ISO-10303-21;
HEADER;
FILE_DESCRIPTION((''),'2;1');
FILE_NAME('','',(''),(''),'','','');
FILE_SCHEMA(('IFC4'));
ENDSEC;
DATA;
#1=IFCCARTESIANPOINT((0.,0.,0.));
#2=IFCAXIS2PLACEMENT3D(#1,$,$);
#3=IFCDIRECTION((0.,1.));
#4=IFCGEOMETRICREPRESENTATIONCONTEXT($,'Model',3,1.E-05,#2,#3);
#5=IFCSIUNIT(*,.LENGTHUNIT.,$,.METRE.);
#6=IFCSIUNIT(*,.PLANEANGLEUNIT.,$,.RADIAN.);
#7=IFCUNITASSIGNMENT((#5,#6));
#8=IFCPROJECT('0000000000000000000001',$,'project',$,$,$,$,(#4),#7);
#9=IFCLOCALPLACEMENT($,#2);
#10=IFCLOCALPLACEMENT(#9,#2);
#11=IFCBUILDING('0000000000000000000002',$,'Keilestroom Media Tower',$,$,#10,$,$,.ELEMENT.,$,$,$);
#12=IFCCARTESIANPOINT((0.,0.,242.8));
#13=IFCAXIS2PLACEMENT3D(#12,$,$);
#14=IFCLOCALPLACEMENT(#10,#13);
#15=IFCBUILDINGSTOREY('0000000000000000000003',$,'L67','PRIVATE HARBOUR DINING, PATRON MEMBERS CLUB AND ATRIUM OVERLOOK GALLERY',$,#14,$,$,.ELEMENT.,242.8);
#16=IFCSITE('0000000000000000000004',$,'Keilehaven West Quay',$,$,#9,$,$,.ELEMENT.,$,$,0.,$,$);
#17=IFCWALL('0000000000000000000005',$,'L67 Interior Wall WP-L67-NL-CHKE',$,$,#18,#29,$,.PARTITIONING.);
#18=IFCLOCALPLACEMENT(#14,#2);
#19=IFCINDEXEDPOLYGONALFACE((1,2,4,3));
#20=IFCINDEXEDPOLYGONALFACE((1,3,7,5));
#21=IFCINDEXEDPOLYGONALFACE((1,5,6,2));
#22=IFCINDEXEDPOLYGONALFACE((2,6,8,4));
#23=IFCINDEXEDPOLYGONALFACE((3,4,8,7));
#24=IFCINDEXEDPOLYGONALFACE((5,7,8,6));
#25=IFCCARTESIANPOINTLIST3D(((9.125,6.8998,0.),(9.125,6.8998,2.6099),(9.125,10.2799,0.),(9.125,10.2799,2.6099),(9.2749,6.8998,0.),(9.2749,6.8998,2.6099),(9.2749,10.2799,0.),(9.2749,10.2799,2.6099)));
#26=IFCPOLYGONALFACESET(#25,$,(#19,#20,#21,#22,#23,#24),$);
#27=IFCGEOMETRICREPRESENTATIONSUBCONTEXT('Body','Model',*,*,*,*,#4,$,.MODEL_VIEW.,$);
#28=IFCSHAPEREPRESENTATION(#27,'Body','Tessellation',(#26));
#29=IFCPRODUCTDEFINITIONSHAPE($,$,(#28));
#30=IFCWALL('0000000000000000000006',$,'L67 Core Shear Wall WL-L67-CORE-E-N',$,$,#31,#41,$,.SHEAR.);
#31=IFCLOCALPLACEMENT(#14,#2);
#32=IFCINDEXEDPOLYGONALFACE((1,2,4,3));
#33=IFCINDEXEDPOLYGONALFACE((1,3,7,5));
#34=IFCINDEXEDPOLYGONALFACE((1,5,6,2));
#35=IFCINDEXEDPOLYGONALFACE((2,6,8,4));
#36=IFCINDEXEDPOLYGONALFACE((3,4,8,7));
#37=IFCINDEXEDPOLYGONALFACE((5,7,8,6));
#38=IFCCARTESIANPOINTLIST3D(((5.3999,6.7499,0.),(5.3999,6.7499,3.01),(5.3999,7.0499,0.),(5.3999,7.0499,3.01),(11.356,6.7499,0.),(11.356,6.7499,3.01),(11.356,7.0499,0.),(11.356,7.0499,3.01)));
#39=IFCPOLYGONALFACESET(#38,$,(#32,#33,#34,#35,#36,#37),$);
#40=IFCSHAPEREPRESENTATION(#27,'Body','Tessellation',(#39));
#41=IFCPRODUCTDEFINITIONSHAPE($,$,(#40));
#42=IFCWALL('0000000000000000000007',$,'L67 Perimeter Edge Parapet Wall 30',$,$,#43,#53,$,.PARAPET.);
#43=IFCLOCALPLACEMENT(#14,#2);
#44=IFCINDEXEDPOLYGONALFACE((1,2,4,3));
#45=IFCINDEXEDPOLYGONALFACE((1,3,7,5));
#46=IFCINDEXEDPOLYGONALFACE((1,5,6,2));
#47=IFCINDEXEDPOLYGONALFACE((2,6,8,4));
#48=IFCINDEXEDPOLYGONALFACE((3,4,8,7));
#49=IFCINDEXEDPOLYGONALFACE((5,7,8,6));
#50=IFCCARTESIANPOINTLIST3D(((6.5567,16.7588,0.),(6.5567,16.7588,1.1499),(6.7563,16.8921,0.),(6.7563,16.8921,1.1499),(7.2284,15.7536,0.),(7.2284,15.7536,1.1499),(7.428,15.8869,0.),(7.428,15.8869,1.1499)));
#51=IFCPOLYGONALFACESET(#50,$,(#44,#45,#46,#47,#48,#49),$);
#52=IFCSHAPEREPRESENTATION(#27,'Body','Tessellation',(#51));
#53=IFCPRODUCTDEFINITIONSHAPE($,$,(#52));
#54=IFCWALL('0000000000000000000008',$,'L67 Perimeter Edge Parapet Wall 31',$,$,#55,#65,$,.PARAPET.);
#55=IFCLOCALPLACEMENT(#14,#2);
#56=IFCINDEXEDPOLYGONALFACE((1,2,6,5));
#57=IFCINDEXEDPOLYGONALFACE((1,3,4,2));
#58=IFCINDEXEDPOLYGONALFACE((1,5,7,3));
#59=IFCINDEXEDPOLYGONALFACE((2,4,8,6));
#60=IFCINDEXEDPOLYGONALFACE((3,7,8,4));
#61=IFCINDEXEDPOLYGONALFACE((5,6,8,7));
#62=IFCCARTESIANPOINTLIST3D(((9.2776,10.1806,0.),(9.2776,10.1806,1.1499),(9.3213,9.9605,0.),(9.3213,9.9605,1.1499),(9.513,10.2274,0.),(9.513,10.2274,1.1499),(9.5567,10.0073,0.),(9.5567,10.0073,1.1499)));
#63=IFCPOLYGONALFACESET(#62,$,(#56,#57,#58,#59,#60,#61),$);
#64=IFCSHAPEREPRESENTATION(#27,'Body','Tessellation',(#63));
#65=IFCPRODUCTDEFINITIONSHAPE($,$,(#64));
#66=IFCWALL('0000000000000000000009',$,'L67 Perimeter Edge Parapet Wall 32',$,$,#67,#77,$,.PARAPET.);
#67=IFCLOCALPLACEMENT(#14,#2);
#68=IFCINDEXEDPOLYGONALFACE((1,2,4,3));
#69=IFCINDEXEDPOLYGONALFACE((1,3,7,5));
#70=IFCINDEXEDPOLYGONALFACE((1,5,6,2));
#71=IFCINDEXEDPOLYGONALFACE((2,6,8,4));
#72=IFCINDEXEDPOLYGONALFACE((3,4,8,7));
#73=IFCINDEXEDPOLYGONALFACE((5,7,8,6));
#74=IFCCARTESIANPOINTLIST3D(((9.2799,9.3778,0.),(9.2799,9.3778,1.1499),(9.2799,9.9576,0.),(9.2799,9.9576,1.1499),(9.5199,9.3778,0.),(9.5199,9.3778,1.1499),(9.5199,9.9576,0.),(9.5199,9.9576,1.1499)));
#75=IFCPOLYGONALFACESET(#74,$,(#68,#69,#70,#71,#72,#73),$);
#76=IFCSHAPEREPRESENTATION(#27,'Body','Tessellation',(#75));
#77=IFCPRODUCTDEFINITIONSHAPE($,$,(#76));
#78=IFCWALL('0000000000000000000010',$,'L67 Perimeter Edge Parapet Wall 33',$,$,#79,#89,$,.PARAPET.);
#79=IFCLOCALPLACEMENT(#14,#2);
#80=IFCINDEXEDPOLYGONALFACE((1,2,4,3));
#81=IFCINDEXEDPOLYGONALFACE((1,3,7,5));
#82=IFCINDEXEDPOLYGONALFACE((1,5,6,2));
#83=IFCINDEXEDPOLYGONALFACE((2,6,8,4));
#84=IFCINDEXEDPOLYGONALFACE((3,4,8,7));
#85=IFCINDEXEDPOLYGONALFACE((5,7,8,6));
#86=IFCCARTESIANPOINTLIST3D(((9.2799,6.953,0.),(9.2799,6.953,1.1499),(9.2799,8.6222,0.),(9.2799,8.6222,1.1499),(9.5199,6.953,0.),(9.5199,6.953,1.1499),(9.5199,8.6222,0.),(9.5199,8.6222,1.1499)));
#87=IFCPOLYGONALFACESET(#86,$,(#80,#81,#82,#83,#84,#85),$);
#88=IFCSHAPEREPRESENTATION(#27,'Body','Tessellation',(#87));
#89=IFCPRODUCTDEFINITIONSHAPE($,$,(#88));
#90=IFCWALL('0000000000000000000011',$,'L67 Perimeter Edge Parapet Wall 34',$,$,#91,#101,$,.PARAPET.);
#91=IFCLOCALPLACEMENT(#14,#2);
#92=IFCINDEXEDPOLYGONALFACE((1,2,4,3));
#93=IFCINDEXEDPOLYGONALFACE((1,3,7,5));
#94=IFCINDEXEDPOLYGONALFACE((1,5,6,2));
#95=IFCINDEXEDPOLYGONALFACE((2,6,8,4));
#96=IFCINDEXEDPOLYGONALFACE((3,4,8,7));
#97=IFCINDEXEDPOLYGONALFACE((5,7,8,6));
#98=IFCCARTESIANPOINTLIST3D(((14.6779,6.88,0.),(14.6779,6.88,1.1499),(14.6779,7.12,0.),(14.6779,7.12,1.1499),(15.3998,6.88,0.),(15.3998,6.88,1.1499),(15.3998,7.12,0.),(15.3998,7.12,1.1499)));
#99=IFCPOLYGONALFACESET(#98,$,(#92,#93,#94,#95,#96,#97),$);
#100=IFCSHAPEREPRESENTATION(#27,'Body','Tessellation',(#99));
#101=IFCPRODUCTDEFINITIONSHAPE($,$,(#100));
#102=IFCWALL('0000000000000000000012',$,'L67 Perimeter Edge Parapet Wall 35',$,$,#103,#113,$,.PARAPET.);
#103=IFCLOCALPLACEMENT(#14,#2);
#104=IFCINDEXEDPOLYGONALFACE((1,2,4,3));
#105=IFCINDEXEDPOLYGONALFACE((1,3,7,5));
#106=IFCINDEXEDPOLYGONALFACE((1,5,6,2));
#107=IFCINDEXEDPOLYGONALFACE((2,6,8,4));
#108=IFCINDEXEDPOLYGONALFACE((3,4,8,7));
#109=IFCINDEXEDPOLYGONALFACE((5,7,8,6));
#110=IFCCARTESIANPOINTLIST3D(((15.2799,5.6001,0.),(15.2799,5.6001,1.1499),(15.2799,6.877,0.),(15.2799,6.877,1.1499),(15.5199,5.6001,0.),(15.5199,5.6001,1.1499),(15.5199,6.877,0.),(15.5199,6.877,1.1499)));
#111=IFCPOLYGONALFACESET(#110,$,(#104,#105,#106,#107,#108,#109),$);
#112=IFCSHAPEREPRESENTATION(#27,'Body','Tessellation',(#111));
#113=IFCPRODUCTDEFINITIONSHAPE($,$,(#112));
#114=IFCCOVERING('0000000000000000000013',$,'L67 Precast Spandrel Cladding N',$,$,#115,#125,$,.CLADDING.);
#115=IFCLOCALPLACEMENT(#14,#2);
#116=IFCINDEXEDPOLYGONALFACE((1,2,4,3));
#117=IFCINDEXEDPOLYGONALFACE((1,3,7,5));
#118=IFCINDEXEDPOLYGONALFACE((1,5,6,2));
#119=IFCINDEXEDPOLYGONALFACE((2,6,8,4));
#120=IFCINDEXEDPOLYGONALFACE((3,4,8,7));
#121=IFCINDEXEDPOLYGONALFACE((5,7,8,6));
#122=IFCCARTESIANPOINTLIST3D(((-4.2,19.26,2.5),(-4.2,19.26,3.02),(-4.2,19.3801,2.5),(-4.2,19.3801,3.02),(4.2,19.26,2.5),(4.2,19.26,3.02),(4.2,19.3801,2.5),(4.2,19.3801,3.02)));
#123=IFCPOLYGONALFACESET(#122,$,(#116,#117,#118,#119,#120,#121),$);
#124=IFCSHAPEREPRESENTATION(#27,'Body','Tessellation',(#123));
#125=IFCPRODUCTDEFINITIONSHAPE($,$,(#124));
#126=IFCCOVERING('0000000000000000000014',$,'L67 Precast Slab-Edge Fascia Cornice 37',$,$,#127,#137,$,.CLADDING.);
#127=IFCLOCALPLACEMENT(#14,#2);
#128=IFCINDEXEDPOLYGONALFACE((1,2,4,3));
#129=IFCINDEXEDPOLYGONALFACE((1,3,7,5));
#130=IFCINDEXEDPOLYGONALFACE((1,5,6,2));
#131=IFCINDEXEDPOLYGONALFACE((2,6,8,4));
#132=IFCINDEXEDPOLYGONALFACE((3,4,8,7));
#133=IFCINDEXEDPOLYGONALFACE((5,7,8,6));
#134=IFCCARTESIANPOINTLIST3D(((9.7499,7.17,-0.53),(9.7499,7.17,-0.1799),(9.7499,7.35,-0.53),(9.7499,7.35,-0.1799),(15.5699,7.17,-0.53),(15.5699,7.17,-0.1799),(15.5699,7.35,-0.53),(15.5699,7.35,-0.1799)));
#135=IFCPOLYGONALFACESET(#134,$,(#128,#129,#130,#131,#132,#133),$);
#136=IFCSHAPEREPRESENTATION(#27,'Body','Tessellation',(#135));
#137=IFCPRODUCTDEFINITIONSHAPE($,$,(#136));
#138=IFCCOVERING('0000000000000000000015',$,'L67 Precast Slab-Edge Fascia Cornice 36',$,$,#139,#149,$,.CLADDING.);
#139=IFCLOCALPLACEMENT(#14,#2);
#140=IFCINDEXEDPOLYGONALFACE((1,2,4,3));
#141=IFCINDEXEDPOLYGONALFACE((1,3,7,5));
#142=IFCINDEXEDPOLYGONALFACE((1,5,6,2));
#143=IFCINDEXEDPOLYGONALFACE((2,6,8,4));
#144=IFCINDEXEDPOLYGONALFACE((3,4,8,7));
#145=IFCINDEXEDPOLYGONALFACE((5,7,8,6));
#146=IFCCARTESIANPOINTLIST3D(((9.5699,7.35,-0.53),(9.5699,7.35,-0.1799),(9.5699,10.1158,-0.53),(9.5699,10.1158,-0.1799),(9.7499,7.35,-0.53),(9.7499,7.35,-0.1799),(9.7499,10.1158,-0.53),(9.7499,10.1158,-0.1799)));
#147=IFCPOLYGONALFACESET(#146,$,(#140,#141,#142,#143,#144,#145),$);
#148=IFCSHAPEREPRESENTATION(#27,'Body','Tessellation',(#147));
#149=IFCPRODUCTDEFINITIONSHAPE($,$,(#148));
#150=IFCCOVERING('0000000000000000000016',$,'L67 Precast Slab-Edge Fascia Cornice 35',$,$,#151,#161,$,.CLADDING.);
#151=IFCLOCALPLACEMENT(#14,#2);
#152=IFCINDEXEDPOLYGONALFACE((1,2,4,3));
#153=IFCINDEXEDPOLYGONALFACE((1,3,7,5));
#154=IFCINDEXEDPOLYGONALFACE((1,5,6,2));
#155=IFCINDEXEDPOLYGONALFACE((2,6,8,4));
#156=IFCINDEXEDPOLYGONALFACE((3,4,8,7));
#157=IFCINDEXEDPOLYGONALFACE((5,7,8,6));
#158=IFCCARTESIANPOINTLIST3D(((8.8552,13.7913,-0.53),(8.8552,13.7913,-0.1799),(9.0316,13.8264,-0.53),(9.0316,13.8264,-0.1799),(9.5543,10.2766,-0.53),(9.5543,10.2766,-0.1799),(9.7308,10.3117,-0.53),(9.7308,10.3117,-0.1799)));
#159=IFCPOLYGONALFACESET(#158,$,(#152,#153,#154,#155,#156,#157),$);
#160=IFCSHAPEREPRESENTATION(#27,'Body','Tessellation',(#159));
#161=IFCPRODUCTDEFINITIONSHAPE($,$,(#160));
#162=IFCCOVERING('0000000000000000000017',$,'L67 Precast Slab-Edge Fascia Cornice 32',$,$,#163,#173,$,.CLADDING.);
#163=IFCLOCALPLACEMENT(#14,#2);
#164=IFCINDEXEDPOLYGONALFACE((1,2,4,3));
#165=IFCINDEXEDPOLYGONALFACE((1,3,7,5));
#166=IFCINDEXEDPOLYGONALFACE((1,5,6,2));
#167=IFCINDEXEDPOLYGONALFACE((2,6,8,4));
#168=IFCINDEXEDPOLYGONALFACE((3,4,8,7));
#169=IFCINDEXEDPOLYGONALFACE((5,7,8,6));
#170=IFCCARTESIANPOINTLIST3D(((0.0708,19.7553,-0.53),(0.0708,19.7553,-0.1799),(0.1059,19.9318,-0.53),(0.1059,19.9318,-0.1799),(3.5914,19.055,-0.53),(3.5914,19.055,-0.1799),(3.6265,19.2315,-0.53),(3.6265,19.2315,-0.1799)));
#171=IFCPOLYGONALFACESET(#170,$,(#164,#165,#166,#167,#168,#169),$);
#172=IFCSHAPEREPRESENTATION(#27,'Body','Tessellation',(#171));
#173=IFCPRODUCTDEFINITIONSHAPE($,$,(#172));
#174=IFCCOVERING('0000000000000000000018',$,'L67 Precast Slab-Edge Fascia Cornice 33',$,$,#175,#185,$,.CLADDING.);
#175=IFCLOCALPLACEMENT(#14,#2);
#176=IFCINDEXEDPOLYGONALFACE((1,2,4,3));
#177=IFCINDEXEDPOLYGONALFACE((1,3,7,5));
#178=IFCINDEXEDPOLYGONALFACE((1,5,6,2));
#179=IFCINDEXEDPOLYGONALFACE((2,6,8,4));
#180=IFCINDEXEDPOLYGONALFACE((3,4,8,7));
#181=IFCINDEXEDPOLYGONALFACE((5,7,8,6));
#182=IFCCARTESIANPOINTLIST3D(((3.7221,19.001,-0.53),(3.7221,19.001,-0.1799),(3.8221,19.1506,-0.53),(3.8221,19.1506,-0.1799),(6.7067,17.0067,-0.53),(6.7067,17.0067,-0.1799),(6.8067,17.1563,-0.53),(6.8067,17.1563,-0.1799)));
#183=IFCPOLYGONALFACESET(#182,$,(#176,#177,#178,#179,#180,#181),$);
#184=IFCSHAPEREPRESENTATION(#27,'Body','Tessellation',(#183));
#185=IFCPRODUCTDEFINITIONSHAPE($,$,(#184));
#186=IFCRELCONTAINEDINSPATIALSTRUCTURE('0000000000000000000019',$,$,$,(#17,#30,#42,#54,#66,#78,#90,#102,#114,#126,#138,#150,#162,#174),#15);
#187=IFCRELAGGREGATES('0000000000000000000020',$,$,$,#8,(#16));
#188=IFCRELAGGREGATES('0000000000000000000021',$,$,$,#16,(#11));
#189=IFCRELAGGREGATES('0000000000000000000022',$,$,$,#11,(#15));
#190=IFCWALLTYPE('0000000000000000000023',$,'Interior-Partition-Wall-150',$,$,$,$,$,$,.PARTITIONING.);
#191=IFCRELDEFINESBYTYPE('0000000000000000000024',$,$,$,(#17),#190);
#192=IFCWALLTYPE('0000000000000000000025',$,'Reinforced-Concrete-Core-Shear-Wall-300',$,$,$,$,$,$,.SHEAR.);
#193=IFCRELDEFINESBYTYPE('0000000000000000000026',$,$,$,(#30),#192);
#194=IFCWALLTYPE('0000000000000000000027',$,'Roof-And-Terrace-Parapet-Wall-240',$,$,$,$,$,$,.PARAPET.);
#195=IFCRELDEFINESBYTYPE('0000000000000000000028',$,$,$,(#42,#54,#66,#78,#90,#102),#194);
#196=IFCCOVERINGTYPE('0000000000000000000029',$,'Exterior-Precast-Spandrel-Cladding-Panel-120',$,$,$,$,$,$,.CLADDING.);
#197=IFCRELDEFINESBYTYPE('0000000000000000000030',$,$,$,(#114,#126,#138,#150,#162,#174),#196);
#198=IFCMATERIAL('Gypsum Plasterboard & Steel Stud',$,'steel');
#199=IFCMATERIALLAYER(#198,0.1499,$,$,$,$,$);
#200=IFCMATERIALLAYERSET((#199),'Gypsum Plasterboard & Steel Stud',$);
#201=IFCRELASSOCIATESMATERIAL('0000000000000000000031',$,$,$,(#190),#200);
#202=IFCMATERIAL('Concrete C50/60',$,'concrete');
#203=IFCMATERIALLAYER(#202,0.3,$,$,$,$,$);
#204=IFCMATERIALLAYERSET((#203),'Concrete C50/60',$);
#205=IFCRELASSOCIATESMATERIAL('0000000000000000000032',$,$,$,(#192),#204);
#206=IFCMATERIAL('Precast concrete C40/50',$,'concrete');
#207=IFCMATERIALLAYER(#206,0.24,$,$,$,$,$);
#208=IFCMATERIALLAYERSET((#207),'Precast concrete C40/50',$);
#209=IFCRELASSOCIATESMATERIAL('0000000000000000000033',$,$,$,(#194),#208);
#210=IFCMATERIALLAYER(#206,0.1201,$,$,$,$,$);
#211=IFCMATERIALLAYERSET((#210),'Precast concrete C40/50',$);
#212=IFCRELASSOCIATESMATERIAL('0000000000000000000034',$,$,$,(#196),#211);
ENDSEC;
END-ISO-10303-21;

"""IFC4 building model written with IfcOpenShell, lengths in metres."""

from ifc_helpers import new_model, si_unit, direction, frame, frame_2d, origin, origin_2d, place, context, subcontext, project, spatial, rectangle, extrude, source, transform, mapped, material, layer, layer_set, type_object, element, save


model = new_model("IFC4")

# Units and contexts
model_context = context("Model", 3, precision=1e-05, world=origin(), true_north=direction((0.0, 1.0)))
body_context = subcontext(model_context, "Body", "Model", "MODEL_VIEW")
ifc_project = project(units=[si_unit("LENGTHUNIT", "METRE"), si_unit("PLANEANGLEUNIT", "RADIAN")], contexts=[model_context])

# Site, building, storey
site_placement = place(None, origin())
site = spatial("IfcSite", under=ifc_project, at=site_placement, Name="Keilehaven West Quay", CompositionType="ELEMENT", RefElevation=0.0)
building_placement = place(site_placement, origin())
building = spatial("IfcBuilding", under=site, at=building_placement, Name="Keilestroom Media Tower", CompositionType="ELEMENT")
storey_placement = place(building_placement, frame((0.0, 0.0, 242.8)))
storey = spatial("IfcBuildingStorey", under=building, at=storey_placement, Name="L67", Description="PRIVATE HARBOUR DINING, PATRON MEMBERS CLUB AND ATRIUM OVERLOOK GALLERY", CompositionType="ELEMENT", Elevation=242.8)

# Shared definitions
ifc_material_1 = material(Name="Precast concrete C40/50", Category="concrete")
ifc_material_2 = material(Name="Concrete C50/60", Category="concrete")

# Walls
ifc_material_3 = material(Name="Gypsum Plasterboard & Steel Stud", Category="steel")
ifc_layer_1 = layer(ifc_material_3, 0.1499)
ifc_layer_set_1 = layer_set([ifc_layer_1], Name="Gypsum Plasterboard & Steel Stud")
wall_type_1 = type_object("IfcWallType", Name="Interior-Partition-Wall-150", PredefinedType="PARTITIONING", material=ifc_layer_set_1)
wall_1_placement = place(storey_placement, frame((9.2, 6.8999, 0.0), z_axis=(0.0, 0.0, 1.0), x_axis=(0.0, 1.0, 0.0)))
element("IfcWall", 1, at=wall_1_placement, inside=storey, type_object=wall_type_1, Name="L67 Interior Wall WP-L67-NL-CHKE", PredefinedType="PARTITIONING", context=body_context, shape_type="SweptSolid", body=[
    extrude(rectangle(XDim=3.3801, YDim=0.1499, at=frame_2d((1.6899, 0.0))), origin(), (0.0, 0.0, 1.0), 2.6099),
])
ifc_layer_2 = layer(ifc_material_2, 0.3)
ifc_layer_set_2 = layer_set([ifc_layer_2], Name="Concrete C50/60")
wall_type_2 = type_object("IfcWallType", Name="Reinforced-Concrete-Core-Shear-Wall-300", PredefinedType="SHEAR", material=ifc_layer_set_2)
wall_2_placement = place(storey_placement, frame((5.3999, 6.8999, 0.0), z_axis=(0.0, 0.0, 1.0), x_axis=(1.0, 0.0, 0.0)))
element("IfcWall", 2, at=wall_2_placement, inside=storey, type_object=wall_type_2, Name="L67 Core Shear Wall WL-L67-CORE-E-N", PredefinedType="SHEAR", context=body_context, shape_type="SweptSolid", body=[
    extrude(rectangle(XDim=5.9561, YDim=0.3, at=frame_2d((2.978, 0.0))), origin(), (0.0, 0.0, 1.0), 3.01),
])
ifc_layer_3 = layer(ifc_material_1, 0.24)
ifc_layer_set_3 = layer_set([ifc_layer_3], Name="Precast concrete C40/50")
wall_type_3 = type_object("IfcWallType", Name="Roof-And-Terrace-Parapet-Wall-240", PredefinedType="PARAPET", material=ifc_layer_set_3)
wall_3_placement = place(storey_placement, frame((6.6565, 16.8254, 0.0), z_axis=(0.0, 0.0, 1.0), x_axis=(0.555585, -0.831459, 0.0)))
element("IfcWall", 3, at=wall_3_placement, inside=storey, type_object=wall_type_3, Name="L67 Perimeter Edge Parapet Wall 30", PredefinedType="PARAPET", context=body_context, shape_type="SweptSolid", body=[
    extrude(rectangle(XDim=1.209, YDim=0.24, at=frame_2d((0.6045, 0.0))), origin(), (0.0, 0.0, 1.0), 1.1499),
])
wall_4_placement = place(storey_placement, frame((9.3953, 10.2041, 0.0), z_axis=(0.0, 0.0, 1.0), x_axis=(0.19486, -0.980831, 0.0)))
element("IfcWall", 4, at=wall_4_placement, inside=storey, type_object=wall_type_3, Name="L67 Perimeter Edge Parapet Wall 31", PredefinedType="PARAPET", context=body_context, shape_type="SweptSolid", body=[
    extrude(rectangle(XDim=0.2244, YDim=0.24, at=frame_2d((0.1123, 0.0))), origin(), (0.0, 0.0, 1.0), 1.1499),
])
wall_5_placement = place(storey_placement, frame((9.3999, 9.9578, 0.0), z_axis=(0.0, 0.0, 1.0), x_axis=(0.0, -1.0, 0.0)))
element("IfcWall", 5, at=wall_5_placement, inside=storey, type_object=wall_type_3, Name="L67 Perimeter Edge Parapet Wall 32", PredefinedType="PARAPET", context=body_context, shape_type="SweptSolid", body=[
    extrude(rectangle(XDim=0.5798, YDim=0.24, at=frame_2d((0.29, 0.0))), origin(), (0.0, 0.0, 1.0), 1.1499),
])
wall_6_placement = place(storey_placement, frame((9.3999, 8.6221, 0.0), z_axis=(0.0, 0.0, 1.0), x_axis=(0.0, -1.0, 0.0)))
element("IfcWall", 6, at=wall_6_placement, inside=storey, type_object=wall_type_3, Name="L67 Perimeter Edge Parapet Wall 33", PredefinedType="PARAPET", context=body_context, shape_type="SweptSolid", body=[
    extrude(rectangle(XDim=1.6692, YDim=0.24, at=frame_2d((0.8345, 0.0))), origin(), (0.0, 0.0, 1.0), 1.1499),
])
wall_7_placement = place(storey_placement, frame((14.678, 7.0, 0.0), z_axis=(0.0, 0.0, 1.0), x_axis=(1.0, 0.0, 0.0)))
element("IfcWall", 7, at=wall_7_placement, inside=storey, type_object=wall_type_3, Name="L67 Perimeter Edge Parapet Wall 34", PredefinedType="PARAPET", context=body_context, shape_type="SweptSolid", body=[
    extrude(rectangle(XDim=0.7219, YDim=0.24, at=frame_2d((0.3608, 0.0))), origin(), (0.0, 0.0, 1.0), 1.1499),
])
wall_8_placement = place(storey_placement, frame((15.3999, 6.877, 0.0), z_axis=(0.0, 0.0, 1.0), x_axis=(0.0, -1.0, 0.0)))
element("IfcWall", 8, at=wall_8_placement, inside=storey, type_object=wall_type_3, Name="L67 Perimeter Edge Parapet Wall 35", PredefinedType="PARAPET", context=body_context, shape_type="SweptSolid", body=[
    extrude(rectangle(XDim=1.2769, YDim=0.24, at=frame_2d((0.6384, 0.0))), origin(), (0.0, 0.0, 1.0), 1.1499),
])

# Coverings
ifc_layer_4 = layer(ifc_material_1, 0.1201)
ifc_layer_set_4 = layer_set([ifc_layer_4], Name="Precast concrete C40/50")
covering_type = type_object("IfcCoveringType", Name="Exterior-Precast-Spandrel-Cladding-Panel-120", PredefinedType="CLADDING", material=ifc_layer_set_4)
shared_shape_1 = source(origin(), body_context, "Body", "SweptSolid", [
    extrude(rectangle(XDim=8.3999, YDim=0.1201, at=origin_2d()), origin(), (0.0, 0.0, 1.0), 0.52),
])
covering_1_placement = place(storey_placement, frame((0.0, 19.3201, 2.5), z_axis=(0.0, 0.0, 1.0), x_axis=(1.0, 0.0, 0.0)))
element("IfcCovering", 9, at=covering_1_placement, inside=storey, type_object=covering_type, Name="L67 Precast Spandrel Cladding N", PredefinedType="CLADDING", context=body_context, shape_type="MappedRepresentation", body=[
    mapped(shared_shape_1, transform((0.0, 0.0, 0.0), x_axis=(1.0, 0.0, 0.0), y_axis=(0.0, 1.0, 0.0), z_axis=(0.0, 0.0, 1.0), scale=1.0)),
])
shared_shape_2 = source(origin(), body_context, "Body", "SweptSolid", [
    extrude(rectangle(XDim=5.8201, YDim=0.1799, at=origin_2d()), origin(), (0.0, 0.0, 1.0), 0.3501),
])
covering_2_placement = place(storey_placement, frame((12.6599, 7.26, -0.53), z_axis=(0.0, 0.0, 1.0), x_axis=(1.0, 0.0, 0.0)))
element("IfcCovering", 10, at=covering_2_placement, inside=storey, type_object=covering_type, Name="L67 Precast Slab-Edge Fascia Cornice 37", PredefinedType="CLADDING", context=body_context, shape_type="MappedRepresentation", body=[
    mapped(shared_shape_2, transform((0.0, 0.0, 0.0), x_axis=(1.0, 0.0, 0.0), y_axis=(0.0, 1.0, 0.0), z_axis=(0.0, 0.0, 1.0), scale=1.0)),
])
shared_shape_3 = source(origin(), body_context, "Body", "SweptSolid", [
    extrude(rectangle(XDim=2.7659, YDim=0.1799, at=origin_2d()), origin(), (0.0, 0.0, 1.0), 0.3501),
])
covering_3_placement = place(storey_placement, frame((9.6599, 8.7329, -0.53), z_axis=(0.0, 0.0, 1.0), x_axis=(0.0, -1.0, 0.0)))
element("IfcCovering", 11, at=covering_3_placement, inside=storey, type_object=covering_type, Name="L67 Precast Slab-Edge Fascia Cornice 36", PredefinedType="CLADDING", context=body_context, shape_type="MappedRepresentation", body=[
    mapped(shared_shape_3, transform((0.0, 0.0, 0.0), x_axis=(1.0, 0.0, 0.0), y_axis=(0.0, 1.0, 0.0), z_axis=(0.0, 0.0, 1.0), scale=1.0)),
])
shared_shape_4 = source(origin(), body_context, "Body", "SweptSolid", [
    extrude(rectangle(XDim=3.5835, YDim=0.1799, at=origin_2d()), origin(), (0.0, 0.0, 1.0), 0.3501),
])
covering_4_placement = place(storey_placement, frame((9.293, 12.0515, -0.53), z_axis=(0.0, 0.0, 1.0), x_axis=(0.195099, -0.980784, 0.0)))
element("IfcCovering", 12, at=covering_4_placement, inside=storey, type_object=covering_type, Name="L67 Precast Slab-Edge Fascia Cornice 35", PredefinedType="CLADDING", context=body_context, shape_type="MappedRepresentation", body=[
    mapped(shared_shape_4, transform((0.0, 0.0, 0.0), x_axis=(1.0, 0.0, 0.0), y_axis=(0.0, 1.0, 0.0), z_axis=(0.0, 0.0, 1.0), scale=1.0)),
])
shared_shape_5 = source(origin(), body_context, "Body", "SweptSolid", [
    extrude(rectangle(XDim=3.5896, YDim=0.1799, at=origin_2d()), origin(), (0.0, 0.0, 1.0), 0.3501),
])
for number, where, z_axis, x_axis, name in (
    (13, (1.8486, 19.4934, -0.53), (0.0, 0.0, 1.0), (0.980784, -0.195099, 0.0), "L67 Precast Slab-Edge Fascia Cornice 32"),
    (14, (5.2644, 18.0786, -0.53), (0.0, 0.0, 1.0), (0.831467, -0.555575, 0.0), "L67 Precast Slab-Edge Fascia Cornice 33"),
):
    element("IfcCovering", number, at=place(storey_placement, frame(where, z_axis=z_axis, x_axis=x_axis)), inside=storey, type_object=covering_type, Name=name, PredefinedType="CLADDING", context=body_context, shape_type="MappedRepresentation", body=[
        mapped(shared_shape_5, transform((0.0, 0.0, 0.0), x_axis=(1.0, 0.0, 0.0), y_axis=(0.0, 1.0, 0.0), z_axis=(0.0, 0.0, 1.0), scale=1.0)),
    ])

save(model, "model.ifc")
